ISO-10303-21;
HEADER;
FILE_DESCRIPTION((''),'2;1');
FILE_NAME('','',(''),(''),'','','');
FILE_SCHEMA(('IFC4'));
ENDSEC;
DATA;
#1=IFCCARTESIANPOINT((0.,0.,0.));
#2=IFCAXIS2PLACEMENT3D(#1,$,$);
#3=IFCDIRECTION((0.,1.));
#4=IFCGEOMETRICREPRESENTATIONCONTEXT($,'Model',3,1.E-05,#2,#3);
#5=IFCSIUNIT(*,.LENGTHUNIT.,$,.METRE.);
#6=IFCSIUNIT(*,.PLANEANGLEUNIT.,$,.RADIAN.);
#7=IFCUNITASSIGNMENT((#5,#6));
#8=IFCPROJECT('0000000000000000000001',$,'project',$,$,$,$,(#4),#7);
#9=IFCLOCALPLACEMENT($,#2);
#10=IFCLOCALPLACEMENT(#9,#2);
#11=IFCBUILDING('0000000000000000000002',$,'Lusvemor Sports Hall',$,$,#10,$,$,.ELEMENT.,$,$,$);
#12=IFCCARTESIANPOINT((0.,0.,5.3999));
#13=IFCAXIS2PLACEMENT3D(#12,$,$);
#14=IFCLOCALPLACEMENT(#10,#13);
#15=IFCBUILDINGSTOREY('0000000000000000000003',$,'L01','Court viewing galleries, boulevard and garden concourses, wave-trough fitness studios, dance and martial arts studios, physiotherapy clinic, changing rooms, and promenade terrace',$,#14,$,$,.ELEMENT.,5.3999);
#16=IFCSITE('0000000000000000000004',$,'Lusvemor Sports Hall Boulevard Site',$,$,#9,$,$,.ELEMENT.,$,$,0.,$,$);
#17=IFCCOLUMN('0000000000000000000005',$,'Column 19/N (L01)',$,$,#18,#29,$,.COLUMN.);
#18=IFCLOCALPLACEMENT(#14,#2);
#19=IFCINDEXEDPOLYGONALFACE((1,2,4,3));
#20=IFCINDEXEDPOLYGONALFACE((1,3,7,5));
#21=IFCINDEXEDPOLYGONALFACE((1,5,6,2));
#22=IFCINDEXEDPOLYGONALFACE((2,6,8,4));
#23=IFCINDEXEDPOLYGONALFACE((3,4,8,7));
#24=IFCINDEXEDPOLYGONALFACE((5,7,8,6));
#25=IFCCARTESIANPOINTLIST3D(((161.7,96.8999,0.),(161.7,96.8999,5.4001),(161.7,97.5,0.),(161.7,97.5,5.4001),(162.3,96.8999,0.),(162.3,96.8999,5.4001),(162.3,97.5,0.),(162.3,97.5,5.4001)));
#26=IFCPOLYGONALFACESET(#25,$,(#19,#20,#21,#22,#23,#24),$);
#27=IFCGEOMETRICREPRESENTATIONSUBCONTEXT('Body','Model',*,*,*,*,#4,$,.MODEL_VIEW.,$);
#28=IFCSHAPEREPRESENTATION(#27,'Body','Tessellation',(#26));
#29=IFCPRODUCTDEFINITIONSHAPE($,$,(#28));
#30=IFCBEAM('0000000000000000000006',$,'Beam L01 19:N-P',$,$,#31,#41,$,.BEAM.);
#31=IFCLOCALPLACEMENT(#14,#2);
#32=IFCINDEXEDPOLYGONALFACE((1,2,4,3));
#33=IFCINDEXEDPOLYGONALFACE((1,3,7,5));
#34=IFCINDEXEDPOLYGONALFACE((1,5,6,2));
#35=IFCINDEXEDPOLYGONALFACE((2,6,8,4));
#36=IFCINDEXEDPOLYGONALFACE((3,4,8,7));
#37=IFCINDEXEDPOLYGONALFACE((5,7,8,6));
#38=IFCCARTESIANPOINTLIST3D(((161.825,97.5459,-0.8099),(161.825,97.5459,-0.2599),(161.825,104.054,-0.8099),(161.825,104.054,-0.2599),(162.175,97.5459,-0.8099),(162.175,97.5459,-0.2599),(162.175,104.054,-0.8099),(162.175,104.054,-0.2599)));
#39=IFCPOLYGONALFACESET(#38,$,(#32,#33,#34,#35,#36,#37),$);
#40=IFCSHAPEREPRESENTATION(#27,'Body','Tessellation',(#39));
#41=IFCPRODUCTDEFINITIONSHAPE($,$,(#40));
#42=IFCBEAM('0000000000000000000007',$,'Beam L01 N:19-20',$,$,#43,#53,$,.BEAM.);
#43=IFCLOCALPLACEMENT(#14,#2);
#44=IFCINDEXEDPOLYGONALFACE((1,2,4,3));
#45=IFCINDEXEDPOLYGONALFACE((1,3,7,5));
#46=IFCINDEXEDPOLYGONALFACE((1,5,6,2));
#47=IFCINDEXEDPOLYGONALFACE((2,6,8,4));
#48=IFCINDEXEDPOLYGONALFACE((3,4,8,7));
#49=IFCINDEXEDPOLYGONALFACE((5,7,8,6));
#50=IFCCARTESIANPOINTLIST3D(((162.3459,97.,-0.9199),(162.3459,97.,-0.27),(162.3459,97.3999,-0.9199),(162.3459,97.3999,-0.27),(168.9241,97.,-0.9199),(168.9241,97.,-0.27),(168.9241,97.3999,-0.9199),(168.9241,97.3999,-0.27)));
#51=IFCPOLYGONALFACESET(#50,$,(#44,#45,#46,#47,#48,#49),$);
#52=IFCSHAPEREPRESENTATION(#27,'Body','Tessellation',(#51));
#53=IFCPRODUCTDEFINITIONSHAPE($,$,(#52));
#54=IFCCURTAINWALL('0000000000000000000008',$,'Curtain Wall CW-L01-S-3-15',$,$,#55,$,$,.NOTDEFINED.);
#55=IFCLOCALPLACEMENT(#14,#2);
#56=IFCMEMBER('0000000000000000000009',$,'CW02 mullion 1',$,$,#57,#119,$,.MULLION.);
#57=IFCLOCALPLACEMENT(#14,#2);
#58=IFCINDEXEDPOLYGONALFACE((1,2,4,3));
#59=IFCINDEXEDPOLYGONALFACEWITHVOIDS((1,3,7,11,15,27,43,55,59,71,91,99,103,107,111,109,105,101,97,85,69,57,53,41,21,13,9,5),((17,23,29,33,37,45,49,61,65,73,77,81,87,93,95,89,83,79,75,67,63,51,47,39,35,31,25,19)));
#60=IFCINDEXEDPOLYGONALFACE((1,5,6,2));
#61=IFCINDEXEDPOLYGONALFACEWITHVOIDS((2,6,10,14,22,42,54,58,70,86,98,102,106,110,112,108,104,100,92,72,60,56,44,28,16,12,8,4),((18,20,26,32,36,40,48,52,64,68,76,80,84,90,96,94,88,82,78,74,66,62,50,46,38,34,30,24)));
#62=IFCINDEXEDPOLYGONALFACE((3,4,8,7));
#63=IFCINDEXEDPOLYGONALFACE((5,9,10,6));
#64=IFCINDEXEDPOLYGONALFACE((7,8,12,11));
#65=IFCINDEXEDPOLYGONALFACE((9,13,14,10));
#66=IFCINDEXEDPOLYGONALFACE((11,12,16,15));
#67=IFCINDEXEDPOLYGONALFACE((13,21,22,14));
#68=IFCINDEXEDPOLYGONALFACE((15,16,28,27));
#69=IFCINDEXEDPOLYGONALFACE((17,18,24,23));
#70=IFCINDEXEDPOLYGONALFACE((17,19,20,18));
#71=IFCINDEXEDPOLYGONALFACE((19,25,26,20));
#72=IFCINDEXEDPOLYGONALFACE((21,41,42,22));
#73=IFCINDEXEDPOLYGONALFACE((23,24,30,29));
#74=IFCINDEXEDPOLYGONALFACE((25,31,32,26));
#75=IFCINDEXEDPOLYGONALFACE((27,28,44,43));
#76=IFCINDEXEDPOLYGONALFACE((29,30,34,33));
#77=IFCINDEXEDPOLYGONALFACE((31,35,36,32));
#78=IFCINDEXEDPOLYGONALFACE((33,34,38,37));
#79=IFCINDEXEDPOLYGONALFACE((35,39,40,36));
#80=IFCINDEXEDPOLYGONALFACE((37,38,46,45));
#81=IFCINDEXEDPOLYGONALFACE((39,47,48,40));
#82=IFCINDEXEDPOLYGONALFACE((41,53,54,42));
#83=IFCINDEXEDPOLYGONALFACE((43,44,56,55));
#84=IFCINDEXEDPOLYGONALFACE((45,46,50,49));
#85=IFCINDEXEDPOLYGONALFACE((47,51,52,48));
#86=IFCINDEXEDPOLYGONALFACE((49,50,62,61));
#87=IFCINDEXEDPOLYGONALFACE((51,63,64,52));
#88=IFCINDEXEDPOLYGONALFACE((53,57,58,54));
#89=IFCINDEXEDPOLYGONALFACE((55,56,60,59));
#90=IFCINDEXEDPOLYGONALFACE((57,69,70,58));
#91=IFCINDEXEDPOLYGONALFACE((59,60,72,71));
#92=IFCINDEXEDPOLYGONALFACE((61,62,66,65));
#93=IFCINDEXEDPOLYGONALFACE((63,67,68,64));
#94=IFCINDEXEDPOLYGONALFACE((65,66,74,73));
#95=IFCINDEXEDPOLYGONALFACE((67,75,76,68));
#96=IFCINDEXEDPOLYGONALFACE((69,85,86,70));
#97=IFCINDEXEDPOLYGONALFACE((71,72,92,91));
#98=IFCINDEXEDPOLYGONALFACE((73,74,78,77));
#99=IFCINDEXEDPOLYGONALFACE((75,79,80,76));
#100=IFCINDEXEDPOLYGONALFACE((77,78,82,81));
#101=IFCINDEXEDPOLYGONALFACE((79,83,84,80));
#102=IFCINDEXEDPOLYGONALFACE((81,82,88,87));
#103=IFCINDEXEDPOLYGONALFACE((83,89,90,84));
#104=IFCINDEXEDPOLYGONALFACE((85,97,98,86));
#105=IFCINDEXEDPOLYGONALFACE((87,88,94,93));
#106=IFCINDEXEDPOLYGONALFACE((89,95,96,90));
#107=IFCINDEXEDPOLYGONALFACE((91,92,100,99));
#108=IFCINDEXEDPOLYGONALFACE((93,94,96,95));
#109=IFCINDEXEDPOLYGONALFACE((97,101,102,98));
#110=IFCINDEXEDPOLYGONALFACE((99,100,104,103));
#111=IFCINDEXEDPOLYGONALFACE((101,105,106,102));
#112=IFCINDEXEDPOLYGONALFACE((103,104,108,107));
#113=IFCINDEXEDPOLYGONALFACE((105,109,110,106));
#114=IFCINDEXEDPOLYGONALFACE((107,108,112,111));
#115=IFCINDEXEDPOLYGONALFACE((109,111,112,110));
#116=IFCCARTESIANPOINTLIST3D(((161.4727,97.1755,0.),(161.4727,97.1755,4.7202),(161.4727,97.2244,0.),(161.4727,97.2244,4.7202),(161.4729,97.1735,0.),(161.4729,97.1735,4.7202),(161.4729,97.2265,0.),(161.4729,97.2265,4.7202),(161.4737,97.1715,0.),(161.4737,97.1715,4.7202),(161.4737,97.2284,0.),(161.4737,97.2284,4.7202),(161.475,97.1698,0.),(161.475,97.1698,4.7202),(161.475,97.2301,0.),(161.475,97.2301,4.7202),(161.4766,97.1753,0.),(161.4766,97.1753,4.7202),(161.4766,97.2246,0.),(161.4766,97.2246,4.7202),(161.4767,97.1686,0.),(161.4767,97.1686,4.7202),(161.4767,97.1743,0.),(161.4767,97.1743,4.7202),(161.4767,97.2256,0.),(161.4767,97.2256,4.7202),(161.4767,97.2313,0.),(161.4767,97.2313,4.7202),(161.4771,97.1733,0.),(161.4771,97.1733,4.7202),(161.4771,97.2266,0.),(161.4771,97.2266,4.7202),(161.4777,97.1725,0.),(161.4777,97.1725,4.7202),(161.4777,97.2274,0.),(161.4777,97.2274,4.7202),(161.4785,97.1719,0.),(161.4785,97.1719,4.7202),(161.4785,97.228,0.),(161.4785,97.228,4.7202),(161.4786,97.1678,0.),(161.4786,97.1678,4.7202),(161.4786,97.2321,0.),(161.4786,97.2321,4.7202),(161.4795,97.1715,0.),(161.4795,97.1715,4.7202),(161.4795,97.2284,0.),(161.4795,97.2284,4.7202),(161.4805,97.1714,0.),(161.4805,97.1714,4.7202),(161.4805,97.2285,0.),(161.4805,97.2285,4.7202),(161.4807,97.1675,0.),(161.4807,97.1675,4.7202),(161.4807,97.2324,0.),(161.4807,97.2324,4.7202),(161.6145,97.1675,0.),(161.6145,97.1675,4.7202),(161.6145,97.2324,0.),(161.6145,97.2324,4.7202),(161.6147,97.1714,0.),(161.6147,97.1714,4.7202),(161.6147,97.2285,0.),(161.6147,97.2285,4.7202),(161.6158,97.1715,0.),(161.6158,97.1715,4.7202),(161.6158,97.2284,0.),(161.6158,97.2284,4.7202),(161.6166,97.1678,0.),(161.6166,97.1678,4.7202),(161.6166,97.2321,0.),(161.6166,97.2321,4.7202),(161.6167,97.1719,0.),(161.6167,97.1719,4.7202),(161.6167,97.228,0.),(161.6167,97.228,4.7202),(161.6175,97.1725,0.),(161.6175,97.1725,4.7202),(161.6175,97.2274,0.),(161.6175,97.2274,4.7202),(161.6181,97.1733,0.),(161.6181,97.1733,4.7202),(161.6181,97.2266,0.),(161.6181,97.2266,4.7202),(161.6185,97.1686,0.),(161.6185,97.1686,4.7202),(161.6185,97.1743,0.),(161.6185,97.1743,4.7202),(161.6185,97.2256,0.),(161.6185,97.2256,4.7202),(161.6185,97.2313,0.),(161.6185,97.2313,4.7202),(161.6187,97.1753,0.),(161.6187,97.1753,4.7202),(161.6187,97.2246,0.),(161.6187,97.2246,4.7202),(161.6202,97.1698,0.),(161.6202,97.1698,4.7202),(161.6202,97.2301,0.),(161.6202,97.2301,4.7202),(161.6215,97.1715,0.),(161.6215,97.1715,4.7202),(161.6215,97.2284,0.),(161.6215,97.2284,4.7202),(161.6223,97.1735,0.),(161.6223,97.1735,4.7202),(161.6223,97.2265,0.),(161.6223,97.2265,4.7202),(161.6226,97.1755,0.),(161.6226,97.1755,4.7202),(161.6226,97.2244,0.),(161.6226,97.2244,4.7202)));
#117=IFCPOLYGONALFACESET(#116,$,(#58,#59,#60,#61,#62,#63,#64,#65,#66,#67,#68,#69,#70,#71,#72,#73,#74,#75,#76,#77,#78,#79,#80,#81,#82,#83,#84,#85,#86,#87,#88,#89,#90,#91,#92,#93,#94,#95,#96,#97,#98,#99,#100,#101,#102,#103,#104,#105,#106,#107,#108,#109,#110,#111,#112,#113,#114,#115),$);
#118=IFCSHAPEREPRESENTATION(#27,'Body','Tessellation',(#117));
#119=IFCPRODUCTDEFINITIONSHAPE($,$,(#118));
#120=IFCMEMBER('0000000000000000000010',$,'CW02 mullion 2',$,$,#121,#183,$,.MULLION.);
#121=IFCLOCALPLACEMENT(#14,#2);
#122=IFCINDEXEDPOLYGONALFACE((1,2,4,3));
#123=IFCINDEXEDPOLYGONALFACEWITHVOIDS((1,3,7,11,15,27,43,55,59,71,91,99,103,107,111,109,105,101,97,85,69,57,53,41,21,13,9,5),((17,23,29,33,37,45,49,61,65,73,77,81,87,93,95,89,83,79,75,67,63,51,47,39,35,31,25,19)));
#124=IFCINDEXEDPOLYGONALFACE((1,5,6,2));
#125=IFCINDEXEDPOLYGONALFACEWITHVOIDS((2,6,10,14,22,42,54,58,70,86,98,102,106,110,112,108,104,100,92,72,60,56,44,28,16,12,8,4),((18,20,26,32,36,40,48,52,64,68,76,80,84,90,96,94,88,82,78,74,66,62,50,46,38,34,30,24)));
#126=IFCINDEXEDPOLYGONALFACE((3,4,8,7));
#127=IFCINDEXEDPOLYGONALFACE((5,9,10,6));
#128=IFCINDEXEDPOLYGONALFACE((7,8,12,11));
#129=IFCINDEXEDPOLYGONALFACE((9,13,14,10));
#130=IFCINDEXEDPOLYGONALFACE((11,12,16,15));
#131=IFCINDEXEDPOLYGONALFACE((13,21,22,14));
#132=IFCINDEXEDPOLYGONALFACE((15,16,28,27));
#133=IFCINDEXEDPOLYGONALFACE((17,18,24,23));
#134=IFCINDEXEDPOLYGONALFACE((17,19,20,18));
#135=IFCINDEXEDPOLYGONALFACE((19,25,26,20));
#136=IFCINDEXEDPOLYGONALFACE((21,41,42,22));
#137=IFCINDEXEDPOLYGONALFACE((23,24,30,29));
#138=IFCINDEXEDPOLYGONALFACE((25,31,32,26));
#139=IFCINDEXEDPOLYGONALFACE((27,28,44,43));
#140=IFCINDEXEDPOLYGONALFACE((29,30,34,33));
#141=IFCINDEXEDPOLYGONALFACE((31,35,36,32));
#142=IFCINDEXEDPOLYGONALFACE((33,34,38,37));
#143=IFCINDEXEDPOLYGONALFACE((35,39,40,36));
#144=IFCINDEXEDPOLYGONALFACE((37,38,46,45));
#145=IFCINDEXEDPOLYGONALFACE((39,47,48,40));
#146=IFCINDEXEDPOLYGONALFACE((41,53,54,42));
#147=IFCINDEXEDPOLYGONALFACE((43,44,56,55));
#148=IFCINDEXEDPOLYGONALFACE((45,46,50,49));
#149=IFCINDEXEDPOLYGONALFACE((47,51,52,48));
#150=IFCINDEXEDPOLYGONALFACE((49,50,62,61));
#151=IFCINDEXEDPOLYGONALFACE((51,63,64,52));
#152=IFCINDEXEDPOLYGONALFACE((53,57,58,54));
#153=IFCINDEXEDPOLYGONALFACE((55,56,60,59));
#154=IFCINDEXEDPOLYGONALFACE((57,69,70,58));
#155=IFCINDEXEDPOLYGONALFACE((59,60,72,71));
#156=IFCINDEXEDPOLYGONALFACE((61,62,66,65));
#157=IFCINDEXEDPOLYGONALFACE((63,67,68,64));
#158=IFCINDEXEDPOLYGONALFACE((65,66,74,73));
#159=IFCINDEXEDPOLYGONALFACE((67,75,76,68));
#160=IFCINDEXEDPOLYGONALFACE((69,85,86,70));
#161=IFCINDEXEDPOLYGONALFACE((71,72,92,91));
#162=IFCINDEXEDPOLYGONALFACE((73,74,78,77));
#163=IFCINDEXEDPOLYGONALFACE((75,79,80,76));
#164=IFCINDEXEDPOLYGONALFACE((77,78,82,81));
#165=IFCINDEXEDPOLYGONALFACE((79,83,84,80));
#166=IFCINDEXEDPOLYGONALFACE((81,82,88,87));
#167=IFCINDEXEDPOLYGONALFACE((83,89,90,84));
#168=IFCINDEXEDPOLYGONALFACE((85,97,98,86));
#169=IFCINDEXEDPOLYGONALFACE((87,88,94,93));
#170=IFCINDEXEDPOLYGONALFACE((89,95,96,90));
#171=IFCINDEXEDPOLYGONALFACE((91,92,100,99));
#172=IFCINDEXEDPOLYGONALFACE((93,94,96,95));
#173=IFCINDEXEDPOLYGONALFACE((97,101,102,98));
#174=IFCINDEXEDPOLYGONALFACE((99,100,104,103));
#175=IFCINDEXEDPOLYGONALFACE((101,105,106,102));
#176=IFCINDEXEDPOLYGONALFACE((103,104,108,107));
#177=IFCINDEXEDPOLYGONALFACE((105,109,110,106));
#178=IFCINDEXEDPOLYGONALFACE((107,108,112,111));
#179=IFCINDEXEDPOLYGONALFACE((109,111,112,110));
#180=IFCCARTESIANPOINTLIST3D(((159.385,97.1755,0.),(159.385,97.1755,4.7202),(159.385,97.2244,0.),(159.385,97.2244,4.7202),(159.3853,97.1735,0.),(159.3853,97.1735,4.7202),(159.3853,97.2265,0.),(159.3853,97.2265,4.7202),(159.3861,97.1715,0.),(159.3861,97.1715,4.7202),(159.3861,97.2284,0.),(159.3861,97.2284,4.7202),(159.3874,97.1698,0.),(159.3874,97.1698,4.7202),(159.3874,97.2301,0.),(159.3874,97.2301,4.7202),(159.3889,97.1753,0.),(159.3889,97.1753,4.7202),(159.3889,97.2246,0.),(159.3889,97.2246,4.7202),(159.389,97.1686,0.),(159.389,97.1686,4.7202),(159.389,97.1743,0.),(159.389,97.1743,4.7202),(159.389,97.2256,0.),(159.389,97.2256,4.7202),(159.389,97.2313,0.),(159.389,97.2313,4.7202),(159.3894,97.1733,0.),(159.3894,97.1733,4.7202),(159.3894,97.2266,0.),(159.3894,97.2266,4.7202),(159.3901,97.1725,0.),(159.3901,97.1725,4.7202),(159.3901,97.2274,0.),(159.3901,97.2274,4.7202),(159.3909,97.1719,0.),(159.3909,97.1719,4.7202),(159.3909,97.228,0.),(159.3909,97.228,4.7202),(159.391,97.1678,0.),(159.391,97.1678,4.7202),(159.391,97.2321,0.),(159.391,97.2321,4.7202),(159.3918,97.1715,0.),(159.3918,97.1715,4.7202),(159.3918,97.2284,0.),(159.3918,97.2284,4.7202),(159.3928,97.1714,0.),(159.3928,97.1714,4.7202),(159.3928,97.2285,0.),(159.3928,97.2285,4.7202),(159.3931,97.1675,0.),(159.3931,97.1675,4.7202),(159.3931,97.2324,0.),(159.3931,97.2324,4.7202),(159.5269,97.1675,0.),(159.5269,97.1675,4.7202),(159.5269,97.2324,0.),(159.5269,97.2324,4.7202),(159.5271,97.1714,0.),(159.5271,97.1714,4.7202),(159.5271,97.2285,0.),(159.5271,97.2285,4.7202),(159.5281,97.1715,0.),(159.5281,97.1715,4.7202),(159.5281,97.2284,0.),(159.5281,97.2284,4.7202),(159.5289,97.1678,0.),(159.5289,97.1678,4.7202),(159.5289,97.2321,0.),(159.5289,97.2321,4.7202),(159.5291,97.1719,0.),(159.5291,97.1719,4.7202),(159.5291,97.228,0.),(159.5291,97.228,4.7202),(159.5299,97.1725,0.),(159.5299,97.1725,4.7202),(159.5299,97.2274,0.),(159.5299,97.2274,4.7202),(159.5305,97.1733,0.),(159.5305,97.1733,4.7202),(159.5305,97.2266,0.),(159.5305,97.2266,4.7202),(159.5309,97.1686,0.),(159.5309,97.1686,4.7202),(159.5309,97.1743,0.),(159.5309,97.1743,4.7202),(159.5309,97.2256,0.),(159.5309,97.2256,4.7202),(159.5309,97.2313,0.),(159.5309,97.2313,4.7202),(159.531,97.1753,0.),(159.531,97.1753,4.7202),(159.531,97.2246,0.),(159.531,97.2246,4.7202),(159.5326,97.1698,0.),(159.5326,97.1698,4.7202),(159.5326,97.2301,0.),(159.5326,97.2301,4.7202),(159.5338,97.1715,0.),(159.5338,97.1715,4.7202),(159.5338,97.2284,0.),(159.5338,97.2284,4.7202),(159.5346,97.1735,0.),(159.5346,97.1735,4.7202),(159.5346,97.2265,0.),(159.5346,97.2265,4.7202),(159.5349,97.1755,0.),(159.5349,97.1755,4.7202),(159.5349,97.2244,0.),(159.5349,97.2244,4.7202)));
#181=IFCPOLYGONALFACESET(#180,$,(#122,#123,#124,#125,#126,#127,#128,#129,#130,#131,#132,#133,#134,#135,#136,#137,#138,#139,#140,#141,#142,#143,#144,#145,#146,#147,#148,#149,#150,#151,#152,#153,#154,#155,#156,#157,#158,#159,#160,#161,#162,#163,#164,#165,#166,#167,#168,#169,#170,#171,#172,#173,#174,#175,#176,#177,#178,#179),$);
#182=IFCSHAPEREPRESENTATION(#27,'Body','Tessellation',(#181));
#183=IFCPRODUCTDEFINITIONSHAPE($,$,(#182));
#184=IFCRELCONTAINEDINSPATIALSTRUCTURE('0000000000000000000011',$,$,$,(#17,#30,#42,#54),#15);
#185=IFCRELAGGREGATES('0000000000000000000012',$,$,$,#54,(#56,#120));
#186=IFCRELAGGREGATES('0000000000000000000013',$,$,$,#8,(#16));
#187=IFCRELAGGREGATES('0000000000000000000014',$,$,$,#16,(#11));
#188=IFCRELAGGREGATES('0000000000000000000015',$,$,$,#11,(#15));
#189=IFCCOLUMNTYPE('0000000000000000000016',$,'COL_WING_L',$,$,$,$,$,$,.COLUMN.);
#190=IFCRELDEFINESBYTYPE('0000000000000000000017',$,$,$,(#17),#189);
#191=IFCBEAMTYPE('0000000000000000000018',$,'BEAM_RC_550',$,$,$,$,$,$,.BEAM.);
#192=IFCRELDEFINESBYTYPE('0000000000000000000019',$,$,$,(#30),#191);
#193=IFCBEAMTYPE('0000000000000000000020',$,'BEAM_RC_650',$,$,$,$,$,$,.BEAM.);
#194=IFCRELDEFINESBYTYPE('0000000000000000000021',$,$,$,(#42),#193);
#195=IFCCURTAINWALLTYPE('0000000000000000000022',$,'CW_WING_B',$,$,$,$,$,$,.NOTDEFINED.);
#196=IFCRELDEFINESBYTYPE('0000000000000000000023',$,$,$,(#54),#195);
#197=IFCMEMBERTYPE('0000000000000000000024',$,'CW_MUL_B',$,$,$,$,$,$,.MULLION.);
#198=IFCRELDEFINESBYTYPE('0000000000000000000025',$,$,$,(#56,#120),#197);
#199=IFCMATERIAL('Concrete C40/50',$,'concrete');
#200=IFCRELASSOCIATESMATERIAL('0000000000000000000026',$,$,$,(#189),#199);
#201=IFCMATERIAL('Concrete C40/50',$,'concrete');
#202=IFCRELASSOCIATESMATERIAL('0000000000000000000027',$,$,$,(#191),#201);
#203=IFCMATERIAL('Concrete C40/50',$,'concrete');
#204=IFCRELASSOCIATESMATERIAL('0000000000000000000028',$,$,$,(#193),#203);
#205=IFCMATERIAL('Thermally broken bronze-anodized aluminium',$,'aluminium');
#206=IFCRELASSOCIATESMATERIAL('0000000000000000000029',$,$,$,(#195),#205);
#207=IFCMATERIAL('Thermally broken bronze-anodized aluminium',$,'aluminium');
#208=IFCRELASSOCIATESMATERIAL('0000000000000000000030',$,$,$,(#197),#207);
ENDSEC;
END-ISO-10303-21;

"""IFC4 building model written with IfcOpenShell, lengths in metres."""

from ifc_helpers import new_model, si_unit, direction, frame, origin, origin_2d, place, context, subcontext, project, spatial, rectangle, hollow_rectangle, extrude, material, material_profile, profile_set, type_object, element, aggregate, save


model = new_model("IFC4")

# Units and contexts
model_context = context("Model", 3, precision=1e-05, world=origin(), true_north=direction((0.0, 1.0)))
body_context = subcontext(model_context, "Body", "Model", "MODEL_VIEW")
ifc_project = project(units=[si_unit("LENGTHUNIT", "METRE"), si_unit("PLANEANGLEUNIT", "RADIAN")], contexts=[model_context])

# Site, building, storey
site_placement = place(None, origin())
site = spatial("IfcSite", under=ifc_project, at=site_placement, Name="Lusvemor Sports Hall Boulevard Site", CompositionType="ELEMENT", RefElevation=0.0)
building_placement = place(site_placement, origin())
building = spatial("IfcBuilding", under=site, at=building_placement, Name="Lusvemor Sports Hall", CompositionType="ELEMENT")
storey_placement = place(building_placement, frame((0.0, 0.0, 5.3999)))
storey = spatial("IfcBuildingStorey", under=building, at=storey_placement, Name="L01", Description="Court viewing galleries, boulevard and garden concourses, wave-trough fitness studios, dance and martial arts studios, physiotherapy clinic, changing rooms, and promenade terrace", CompositionType="ELEMENT", Elevation=5.3999)

# Column
ifc_material_1 = material(Name="Concrete C40/50", Category="concrete")
ifc_material_profile_1 = material_profile(ifc_material_1, rectangle(XDim=0.6001, YDim=0.6001, at=origin_2d()), Name="RC600x600")
ifc_profile_set_1 = profile_set([ifc_material_profile_1], Name="Concrete C40/50")
column_type = type_object("IfcColumnType", Name="COL_WING_L", PredefinedType="COLUMN", material=ifc_profile_set_1)
column_placement = place(storey_placement, frame((162.0, 97.2, 0.0), z_axis=(0.0, 0.0, 1.0), x_axis=(1.0, 0.0, 0.0)))
element("IfcColumn", 1, at=column_placement, inside=storey, type_object=column_type, Name="Column 19/N (L01)", PredefinedType="COLUMN", context=body_context, shape_type="SweptSolid", body=[
    extrude(rectangle(XDim=0.6001, YDim=0.6001, at=origin_2d()), origin(), (0.0, 0.0, 1.0), 5.4001),
])

# Beams
ifc_material_2 = material(Name="Concrete C40/50", Category="concrete")
ifc_material_profile_2 = material_profile(ifc_material_2, rectangle(XDim=0.3501, YDim=0.55, at=origin_2d()), Name="RC350x550")
ifc_profile_set_2 = profile_set([ifc_material_profile_2], Name="Concrete C40/50")
beam_type_1 = type_object("IfcBeamType", Name="BEAM_RC_550", PredefinedType="BEAM", material=ifc_profile_set_2)
beam_1_placement = place(storey_placement, frame((162.0, 97.5459, -0.5349), z_axis=(0.0, 1.0, 0.0), x_axis=(-1.0, 0.0, 0.0)))
element("IfcBeam", 2, at=beam_1_placement, inside=storey, type_object=beam_type_1, Name="Beam L01 19:N-P", PredefinedType="BEAM", context=body_context, shape_type="SweptSolid", body=[
    extrude(rectangle(XDim=0.3501, YDim=0.55, at=origin_2d()), origin(), (0.0, 0.0, 1.0), 6.5081),
])
ifc_material_3 = material(Name="Concrete C40/50", Category="concrete")
ifc_material_profile_3 = material_profile(ifc_material_3, rectangle(XDim=0.3999, YDim=0.6499, at=origin_2d()), Name="RC400x650")
ifc_profile_set_3 = profile_set([ifc_material_profile_3], Name="Concrete C40/50")
beam_type_2 = type_object("IfcBeamType", Name="BEAM_RC_650", PredefinedType="BEAM", material=ifc_profile_set_3)
beam_2_placement = place(storey_placement, frame((162.3459, 97.2, -0.595), z_axis=(1.0, 0.0, 0.0), x_axis=(0.0, 1.0, 0.0)))
element("IfcBeam", 3, at=beam_2_placement, inside=storey, type_object=beam_type_2, Name="Beam L01 N:19-20", PredefinedType="BEAM", context=body_context, shape_type="SweptSolid", body=[
    extrude(rectangle(XDim=0.3999, YDim=0.6499, at=origin_2d()), origin(), (0.0, 0.0, 1.0), 6.5781),
])

# Curtain wall, members
ifc_material_4 = material(Name="Thermally broken bronze-anodized aluminium", Category="aluminium")
curtain_wall_type = type_object("IfcCurtainWallType", Name="CW_WING_B", PredefinedType="NOTDEFINED", material=ifc_material_4)
curtain_wall_1_placement = place(storey_placement, origin())
curtain_wall_1 = element("IfcCurtainWall", 4, at=curtain_wall_1_placement, inside=storey, type_object=curtain_wall_type, Name="Curtain Wall CW-L01-S-3-15", PredefinedType="NOTDEFINED")
ifc_material_5 = material(Name="Thermally broken bronze-anodized aluminium", Category="aluminium")
ifc_material_profile_4 = material_profile(ifc_material_5, hollow_rectangle(XDim=0.0649, YDim=0.1499, WallThickness=0.0039, InnerFilletRadius=0.0039, OuterFilletRadius=0.0081, at=origin_2d()), Name="CWMUL150x65x4")
ifc_profile_set_4 = profile_set([ifc_material_profile_4], Name="Thermally broken bronze-anodized aluminium")
member_type_1 = type_object("IfcMemberType", Name="CW_MUL_B", PredefinedType="MULLION", material=ifc_profile_set_4)
member_1_placement = place(storey_placement, frame((161.5476, 97.2, 0.0), z_axis=(0.0, 0.0, 1.0), x_axis=(0.0, -1.0, 0.0)))
member_1 = element("IfcMember", 5, at=member_1_placement, type_object=member_type_1, Name="CW02 mullion 1", PredefinedType="MULLION", context=body_context, shape_type="SweptSolid", body=[
    extrude(hollow_rectangle(XDim=0.0649, YDim=0.1499, WallThickness=0.0039, InnerFilletRadius=0.0039, OuterFilletRadius=0.0081, at=origin_2d()), origin(), (0.0, 0.0, 1.0), 4.7202),
])
member_2_placement = place(storey_placement, frame((159.46, 97.2, 0.0), z_axis=(0.0, 0.0, 1.0), x_axis=(0.0, -1.0, 0.0)))
member_2 = element("IfcMember", 6, at=member_2_placement, type_object=member_type_1, Name="CW02 mullion 2", PredefinedType="MULLION", context=body_context, shape_type="SweptSolid", body=[
    extrude(hollow_rectangle(XDim=0.0649, YDim=0.1499, WallThickness=0.0039, InnerFilletRadius=0.0039, OuterFilletRadius=0.0081, at=origin_2d()), origin(), (0.0, 0.0, 1.0), 4.7202),
])

aggregate(curtain_wall_1, [member_1, member_2])

save(model, "model.ifc")
